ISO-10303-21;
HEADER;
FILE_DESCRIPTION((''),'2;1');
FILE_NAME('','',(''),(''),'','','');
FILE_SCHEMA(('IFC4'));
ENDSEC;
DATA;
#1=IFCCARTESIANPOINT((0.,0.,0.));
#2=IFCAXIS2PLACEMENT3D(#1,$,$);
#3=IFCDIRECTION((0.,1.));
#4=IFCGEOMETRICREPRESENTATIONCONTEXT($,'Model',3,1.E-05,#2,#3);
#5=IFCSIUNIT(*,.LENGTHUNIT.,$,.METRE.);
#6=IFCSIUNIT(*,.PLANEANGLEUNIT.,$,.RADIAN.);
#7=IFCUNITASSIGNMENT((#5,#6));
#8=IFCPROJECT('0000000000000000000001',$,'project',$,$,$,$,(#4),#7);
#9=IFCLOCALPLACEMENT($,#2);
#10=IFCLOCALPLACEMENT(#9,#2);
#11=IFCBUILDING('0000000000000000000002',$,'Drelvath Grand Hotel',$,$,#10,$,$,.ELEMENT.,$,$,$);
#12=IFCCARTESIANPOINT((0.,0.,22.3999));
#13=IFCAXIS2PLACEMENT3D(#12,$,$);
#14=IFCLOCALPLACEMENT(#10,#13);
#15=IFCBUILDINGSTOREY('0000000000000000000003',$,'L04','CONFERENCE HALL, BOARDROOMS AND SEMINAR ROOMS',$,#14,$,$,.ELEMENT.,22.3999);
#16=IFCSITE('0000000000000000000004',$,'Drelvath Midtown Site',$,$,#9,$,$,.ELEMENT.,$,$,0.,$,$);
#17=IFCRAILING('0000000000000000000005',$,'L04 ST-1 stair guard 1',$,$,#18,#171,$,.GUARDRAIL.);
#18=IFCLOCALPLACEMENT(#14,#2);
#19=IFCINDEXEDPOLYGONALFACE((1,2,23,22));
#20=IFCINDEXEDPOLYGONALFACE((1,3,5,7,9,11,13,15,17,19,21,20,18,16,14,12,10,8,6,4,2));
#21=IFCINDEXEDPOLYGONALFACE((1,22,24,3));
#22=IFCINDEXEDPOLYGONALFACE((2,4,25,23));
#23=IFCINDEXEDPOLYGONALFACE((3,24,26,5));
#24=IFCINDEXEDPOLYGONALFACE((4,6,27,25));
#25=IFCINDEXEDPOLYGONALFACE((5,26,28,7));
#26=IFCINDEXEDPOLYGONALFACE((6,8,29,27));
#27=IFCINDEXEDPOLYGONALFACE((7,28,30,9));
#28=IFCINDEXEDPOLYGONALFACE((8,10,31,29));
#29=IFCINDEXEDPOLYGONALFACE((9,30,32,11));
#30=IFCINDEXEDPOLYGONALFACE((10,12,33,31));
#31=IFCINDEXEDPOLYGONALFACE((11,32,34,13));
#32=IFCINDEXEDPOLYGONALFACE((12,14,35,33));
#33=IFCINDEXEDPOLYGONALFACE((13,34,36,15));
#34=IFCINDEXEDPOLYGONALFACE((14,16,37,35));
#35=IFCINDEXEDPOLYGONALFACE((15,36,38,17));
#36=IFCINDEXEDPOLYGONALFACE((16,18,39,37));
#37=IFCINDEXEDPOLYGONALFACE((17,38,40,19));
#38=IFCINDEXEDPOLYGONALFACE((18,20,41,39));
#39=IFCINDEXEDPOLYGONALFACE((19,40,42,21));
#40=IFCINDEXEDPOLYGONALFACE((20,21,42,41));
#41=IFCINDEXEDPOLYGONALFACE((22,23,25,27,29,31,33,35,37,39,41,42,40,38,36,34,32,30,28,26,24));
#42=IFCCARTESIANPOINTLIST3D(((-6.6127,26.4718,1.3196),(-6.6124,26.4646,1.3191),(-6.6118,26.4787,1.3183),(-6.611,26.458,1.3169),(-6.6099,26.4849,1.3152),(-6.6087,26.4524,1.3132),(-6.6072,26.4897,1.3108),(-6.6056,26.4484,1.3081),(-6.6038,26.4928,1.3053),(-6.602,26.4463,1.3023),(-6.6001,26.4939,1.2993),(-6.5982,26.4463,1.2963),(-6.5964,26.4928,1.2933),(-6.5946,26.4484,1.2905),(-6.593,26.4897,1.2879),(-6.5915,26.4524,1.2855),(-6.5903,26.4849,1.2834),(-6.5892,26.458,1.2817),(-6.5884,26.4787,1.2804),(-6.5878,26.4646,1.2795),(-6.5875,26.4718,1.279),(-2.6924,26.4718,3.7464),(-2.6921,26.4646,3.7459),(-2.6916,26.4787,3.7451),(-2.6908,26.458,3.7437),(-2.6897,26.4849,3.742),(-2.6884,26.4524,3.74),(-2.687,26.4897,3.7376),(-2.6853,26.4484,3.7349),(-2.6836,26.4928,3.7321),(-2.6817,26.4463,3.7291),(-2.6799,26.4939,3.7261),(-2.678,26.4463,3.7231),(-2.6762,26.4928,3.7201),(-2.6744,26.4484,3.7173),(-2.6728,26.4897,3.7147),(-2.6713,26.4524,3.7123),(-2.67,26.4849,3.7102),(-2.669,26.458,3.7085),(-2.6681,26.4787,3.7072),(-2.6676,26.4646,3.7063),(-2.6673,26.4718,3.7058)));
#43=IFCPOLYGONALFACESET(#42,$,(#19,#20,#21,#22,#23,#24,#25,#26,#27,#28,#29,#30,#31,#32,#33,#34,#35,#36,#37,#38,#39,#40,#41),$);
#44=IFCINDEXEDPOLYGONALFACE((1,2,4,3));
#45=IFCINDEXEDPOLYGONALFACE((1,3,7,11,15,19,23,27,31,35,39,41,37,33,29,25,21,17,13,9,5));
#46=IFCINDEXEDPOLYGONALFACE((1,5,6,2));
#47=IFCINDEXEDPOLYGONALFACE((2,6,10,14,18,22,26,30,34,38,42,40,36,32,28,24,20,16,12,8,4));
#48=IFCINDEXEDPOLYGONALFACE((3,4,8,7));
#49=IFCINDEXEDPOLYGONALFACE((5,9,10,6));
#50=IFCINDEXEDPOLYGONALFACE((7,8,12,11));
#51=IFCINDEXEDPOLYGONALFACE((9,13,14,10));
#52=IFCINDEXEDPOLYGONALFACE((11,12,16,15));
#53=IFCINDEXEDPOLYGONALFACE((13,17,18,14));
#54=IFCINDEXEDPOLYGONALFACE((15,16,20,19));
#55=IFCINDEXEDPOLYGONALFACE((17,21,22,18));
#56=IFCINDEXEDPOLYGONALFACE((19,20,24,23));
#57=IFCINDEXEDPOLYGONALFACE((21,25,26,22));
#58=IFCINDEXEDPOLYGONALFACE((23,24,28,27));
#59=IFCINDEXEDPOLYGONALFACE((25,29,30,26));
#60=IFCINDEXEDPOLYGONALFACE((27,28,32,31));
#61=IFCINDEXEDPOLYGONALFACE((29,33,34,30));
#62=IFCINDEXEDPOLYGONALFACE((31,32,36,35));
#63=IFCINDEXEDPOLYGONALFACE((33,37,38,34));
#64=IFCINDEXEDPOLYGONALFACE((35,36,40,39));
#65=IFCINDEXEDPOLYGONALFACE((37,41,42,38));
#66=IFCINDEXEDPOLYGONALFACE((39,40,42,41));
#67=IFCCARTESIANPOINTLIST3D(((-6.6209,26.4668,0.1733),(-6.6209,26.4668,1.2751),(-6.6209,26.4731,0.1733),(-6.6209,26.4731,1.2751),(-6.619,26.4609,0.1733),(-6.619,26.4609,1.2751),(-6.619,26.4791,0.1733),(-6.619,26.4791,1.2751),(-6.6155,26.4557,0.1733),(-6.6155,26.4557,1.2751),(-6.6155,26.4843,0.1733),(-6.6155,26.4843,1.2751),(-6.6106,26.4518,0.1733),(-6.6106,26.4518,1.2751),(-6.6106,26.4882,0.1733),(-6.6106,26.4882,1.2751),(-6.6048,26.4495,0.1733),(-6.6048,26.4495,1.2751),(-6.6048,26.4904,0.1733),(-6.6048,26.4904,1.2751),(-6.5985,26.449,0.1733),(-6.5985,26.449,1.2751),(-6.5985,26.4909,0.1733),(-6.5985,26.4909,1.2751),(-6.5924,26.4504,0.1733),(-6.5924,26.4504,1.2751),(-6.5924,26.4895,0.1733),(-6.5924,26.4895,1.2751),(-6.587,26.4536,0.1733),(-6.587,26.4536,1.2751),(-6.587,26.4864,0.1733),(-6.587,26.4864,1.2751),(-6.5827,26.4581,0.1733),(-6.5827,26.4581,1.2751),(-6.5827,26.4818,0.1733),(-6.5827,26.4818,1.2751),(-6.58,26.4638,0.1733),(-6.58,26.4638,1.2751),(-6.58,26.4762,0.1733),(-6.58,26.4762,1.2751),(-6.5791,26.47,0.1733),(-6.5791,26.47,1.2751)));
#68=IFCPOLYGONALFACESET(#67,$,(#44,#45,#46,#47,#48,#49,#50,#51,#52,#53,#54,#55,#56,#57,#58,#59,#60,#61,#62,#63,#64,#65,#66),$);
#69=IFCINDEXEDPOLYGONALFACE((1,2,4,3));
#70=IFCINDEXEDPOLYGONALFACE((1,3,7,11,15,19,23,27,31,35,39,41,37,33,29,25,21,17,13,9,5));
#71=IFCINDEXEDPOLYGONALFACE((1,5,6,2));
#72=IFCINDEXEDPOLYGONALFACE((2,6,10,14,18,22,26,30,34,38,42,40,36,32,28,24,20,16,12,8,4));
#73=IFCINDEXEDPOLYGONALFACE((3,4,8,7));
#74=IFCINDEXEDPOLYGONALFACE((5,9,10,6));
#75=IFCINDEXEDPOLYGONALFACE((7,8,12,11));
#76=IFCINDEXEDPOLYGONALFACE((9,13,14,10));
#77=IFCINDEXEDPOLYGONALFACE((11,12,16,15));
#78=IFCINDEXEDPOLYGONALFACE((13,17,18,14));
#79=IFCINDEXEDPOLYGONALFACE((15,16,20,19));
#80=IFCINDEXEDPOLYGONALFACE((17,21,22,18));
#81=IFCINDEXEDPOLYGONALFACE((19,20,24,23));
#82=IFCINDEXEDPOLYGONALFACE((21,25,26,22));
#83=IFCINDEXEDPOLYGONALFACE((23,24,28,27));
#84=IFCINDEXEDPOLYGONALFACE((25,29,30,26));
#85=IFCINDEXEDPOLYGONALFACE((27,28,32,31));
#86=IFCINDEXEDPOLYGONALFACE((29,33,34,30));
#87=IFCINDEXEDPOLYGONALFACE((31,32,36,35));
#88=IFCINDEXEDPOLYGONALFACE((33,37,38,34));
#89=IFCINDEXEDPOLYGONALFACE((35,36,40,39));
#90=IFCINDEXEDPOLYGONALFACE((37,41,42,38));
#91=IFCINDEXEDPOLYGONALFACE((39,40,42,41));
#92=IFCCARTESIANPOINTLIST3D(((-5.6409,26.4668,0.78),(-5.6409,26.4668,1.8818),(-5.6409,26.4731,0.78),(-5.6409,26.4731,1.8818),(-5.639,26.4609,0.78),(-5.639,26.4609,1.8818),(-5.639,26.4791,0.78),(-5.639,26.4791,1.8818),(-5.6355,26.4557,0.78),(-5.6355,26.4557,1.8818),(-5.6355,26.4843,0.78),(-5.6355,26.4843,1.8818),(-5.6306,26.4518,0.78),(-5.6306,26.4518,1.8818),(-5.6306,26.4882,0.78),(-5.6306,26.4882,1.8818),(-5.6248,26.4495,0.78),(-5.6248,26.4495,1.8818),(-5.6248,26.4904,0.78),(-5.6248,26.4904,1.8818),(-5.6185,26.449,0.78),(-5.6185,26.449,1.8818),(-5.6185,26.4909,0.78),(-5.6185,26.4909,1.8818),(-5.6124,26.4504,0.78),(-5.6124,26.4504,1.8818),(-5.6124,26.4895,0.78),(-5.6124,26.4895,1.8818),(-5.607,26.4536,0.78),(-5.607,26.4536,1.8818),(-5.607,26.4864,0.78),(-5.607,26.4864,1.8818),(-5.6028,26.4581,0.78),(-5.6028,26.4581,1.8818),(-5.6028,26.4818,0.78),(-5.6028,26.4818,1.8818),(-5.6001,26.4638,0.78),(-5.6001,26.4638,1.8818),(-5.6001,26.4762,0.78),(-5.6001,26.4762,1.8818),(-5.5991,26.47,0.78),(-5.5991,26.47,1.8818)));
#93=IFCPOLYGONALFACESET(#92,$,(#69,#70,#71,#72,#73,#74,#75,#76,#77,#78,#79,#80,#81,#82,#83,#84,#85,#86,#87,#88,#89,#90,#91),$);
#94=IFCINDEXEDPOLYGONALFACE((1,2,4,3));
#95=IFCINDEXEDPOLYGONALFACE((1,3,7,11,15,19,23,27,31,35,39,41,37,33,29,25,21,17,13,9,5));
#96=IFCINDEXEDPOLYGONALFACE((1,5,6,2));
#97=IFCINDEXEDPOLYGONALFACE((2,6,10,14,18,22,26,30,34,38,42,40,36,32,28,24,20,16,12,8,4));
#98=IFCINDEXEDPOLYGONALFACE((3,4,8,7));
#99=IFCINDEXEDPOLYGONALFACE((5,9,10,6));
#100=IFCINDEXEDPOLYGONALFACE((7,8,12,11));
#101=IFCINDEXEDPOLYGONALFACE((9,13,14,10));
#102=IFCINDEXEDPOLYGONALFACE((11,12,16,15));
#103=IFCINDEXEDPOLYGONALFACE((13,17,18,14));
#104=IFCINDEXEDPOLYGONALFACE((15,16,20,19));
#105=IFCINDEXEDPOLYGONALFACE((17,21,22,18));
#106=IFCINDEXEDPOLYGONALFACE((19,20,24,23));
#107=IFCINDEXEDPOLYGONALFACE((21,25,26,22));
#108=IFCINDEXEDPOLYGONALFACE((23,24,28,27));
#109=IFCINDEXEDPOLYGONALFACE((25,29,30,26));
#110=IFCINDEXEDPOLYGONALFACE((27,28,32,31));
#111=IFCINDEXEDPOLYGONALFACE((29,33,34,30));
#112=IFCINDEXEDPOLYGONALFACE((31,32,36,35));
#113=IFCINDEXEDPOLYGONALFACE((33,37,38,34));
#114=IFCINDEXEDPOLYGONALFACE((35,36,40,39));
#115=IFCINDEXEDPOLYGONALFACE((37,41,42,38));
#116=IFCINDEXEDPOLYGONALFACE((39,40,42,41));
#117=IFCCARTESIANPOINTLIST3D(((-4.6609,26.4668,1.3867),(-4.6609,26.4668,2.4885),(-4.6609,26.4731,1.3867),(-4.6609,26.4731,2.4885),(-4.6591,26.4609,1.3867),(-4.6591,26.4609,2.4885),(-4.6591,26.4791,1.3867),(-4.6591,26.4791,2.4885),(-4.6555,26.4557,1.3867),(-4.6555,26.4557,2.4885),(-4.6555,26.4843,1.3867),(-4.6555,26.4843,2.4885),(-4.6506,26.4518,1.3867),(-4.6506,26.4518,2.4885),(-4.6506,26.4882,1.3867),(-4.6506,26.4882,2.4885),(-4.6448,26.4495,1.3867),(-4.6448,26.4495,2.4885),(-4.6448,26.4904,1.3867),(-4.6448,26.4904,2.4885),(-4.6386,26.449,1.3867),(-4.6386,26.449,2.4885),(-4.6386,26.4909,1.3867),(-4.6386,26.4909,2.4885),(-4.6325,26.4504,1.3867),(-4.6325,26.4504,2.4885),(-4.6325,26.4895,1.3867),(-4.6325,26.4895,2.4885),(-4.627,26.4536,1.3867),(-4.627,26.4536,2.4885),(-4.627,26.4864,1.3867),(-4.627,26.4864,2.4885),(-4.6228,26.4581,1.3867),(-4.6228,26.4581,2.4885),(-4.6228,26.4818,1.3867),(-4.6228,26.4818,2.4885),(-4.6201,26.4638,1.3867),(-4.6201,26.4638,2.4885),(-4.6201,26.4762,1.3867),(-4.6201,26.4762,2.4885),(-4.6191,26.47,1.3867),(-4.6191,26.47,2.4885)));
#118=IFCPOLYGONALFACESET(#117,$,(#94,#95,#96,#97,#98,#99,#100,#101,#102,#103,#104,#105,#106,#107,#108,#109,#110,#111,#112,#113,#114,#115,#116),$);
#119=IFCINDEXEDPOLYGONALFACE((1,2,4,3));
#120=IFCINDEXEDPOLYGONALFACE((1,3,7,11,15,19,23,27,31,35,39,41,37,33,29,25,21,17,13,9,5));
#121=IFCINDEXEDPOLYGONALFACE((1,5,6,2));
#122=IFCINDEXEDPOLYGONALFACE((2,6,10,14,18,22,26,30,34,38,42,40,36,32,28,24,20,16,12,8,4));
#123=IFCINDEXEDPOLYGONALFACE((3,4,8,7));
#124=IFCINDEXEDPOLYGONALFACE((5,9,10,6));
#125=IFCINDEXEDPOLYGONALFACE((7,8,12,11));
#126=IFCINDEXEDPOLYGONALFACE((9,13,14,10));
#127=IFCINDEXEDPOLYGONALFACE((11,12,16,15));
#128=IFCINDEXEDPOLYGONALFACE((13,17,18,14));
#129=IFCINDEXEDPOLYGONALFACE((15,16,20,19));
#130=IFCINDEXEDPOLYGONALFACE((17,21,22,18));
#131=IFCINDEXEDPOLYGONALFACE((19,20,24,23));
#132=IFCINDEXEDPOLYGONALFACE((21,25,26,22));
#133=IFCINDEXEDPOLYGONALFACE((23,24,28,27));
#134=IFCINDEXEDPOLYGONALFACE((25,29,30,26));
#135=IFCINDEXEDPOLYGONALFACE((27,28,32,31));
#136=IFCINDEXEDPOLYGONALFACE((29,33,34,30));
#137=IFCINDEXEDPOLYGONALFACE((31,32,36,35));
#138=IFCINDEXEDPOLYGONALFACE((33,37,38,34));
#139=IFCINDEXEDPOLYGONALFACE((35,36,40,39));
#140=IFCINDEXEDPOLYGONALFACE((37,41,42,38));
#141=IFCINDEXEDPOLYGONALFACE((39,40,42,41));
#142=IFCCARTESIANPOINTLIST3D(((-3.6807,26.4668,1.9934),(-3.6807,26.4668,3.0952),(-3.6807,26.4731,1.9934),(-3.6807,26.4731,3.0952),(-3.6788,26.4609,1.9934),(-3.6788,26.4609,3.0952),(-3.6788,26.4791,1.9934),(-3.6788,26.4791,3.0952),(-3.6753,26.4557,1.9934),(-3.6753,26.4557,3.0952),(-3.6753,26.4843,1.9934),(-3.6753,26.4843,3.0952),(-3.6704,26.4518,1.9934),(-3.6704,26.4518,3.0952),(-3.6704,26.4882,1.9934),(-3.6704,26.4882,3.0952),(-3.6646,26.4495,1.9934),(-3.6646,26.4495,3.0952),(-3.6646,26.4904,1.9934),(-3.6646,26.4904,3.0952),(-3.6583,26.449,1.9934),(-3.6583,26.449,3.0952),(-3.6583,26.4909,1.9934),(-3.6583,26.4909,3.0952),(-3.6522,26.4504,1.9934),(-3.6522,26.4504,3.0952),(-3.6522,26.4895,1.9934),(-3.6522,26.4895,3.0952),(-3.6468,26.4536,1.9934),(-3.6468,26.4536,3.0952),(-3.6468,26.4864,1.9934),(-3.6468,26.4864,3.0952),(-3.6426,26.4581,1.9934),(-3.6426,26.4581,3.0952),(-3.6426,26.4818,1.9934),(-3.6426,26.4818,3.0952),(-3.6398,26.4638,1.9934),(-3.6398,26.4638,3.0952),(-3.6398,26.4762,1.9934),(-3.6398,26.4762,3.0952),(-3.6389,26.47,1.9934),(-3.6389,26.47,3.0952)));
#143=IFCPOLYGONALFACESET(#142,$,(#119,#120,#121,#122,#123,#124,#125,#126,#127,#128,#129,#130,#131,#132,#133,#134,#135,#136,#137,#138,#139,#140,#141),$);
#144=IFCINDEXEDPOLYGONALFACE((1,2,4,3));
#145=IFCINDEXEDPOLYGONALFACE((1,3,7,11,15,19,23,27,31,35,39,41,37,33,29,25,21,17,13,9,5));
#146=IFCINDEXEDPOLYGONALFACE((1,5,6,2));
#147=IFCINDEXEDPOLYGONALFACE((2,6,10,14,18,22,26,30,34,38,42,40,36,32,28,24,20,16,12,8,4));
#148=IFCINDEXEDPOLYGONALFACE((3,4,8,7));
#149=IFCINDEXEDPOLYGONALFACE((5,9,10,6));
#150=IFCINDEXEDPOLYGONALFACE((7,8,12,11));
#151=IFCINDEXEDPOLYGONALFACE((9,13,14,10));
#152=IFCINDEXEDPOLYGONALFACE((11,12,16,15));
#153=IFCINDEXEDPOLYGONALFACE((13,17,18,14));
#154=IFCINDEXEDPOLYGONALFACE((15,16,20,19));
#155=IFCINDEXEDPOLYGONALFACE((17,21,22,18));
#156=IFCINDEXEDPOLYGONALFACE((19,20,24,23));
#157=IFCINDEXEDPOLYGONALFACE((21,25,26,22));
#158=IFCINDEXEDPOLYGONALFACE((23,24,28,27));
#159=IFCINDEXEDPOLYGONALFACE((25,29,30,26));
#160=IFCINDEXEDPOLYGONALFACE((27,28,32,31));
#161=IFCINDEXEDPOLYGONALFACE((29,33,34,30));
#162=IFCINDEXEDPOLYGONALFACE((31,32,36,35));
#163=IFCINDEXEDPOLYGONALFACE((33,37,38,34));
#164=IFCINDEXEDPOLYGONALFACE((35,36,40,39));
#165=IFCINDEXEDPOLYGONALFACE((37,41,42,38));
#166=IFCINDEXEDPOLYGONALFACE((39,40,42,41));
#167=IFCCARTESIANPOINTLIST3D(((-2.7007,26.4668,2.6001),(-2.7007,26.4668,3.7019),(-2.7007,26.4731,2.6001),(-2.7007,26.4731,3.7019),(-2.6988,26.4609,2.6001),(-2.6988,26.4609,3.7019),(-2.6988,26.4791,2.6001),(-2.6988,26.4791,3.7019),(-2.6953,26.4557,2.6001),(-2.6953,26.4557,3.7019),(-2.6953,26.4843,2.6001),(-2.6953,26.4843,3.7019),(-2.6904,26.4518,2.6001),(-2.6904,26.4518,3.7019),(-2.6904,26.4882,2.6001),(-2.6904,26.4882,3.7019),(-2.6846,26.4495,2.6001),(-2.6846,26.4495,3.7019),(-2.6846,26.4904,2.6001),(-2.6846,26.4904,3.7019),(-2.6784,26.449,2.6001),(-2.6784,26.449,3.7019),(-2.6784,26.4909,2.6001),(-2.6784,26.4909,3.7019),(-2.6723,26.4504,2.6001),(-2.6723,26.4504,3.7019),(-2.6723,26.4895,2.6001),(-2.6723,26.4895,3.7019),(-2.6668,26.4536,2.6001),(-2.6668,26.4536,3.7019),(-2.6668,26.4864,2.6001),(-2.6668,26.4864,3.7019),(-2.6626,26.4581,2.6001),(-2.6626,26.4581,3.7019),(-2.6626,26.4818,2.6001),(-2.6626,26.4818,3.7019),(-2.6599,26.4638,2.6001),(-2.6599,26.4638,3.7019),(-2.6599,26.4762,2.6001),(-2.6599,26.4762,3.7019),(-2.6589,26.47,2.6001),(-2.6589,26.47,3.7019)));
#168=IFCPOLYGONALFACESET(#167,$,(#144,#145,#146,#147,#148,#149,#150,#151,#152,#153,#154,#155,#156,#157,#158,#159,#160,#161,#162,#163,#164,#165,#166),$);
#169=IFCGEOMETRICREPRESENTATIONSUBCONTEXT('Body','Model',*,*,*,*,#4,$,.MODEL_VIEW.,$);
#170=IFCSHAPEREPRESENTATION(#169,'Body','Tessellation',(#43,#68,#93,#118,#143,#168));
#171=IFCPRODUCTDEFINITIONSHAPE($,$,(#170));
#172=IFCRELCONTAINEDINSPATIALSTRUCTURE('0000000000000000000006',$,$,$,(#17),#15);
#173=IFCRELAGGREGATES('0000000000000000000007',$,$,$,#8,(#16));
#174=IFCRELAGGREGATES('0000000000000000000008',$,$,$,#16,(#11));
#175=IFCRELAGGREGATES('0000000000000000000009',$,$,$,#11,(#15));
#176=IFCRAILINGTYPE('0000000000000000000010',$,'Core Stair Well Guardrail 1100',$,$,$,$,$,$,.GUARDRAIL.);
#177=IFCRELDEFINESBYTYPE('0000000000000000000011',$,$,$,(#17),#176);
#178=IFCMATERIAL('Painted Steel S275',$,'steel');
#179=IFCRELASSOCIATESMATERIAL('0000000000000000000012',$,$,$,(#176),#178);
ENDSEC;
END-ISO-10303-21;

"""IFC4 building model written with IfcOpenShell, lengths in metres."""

from ifc_helpers import new_model, si_unit, direction, frame, origin, origin_2d, place, context, subcontext, project, spatial, circle, extrude, material, type_object, element, save


model = new_model("IFC4")

# Units and contexts
model_context = context("Model", 3, precision=1e-05, world=origin(), true_north=direction((0.0, 1.0)))
body_context = subcontext(model_context, "Body", "Model", "MODEL_VIEW")
ifc_project = project(units=[si_unit("LENGTHUNIT", "METRE"), si_unit("PLANEANGLEUNIT", "RADIAN")], contexts=[model_context])

# Site, building, storey
site_placement = place(None, origin())
site = spatial("IfcSite", under=ifc_project, at=site_placement, Name="Drelvath Midtown Site", CompositionType="ELEMENT", RefElevation=0.0)
building_placement = place(site_placement, origin())
building = spatial("IfcBuilding", under=site, at=building_placement, Name="Drelvath Grand Hotel", CompositionType="ELEMENT")
storey_placement = place(building_placement, frame((0.0, 0.0, 22.3999)))
storey = spatial("IfcBuildingStorey", under=building, at=storey_placement, Name="L04", Description="CONFERENCE HALL, BOARDROOMS AND SEMINAR ROOMS", CompositionType="ELEMENT", Elevation=22.3999)

# Shared definitions
ifc_material_1 = material(Name="Painted Steel S275", Category="steel")

# Railing
railing_type_1 = type_object("IfcRailingType", Name="Core Stair Well Guardrail 1100", PredefinedType="GUARDRAIL", material=ifc_material_1)
railing_1_placement = place(storey_placement, frame((-6.6001, 26.47, 0.1733)))
element("IfcRailing", 1, at=railing_1_placement, inside=storey, type_object=railing_type_1, Name="L04 ST-1 stair guard 1", PredefinedType="GUARDRAIL", context=body_context, shape_type="SweptSolid", body=[
    extrude(circle(Radius=0.0239, at=origin_2d()), frame((0.0, 0.0, 1.126), z_axis=(0.850266, 0.0, 0.526353), x_axis=(0.0, 1.0, 0.0)), (0.0, 0.0, 1.0), 4.6106),
    extrude(circle(Radius=0.021, at=origin_2d()), origin(), (0.0, 0.0, 1.0), 1.1018),
    extrude(circle(Radius=0.021, at=origin_2d()), frame((0.98, 0.0, 0.6067)), (0.0, 0.0, 1.0), 1.1018),
    extrude(circle(Radius=0.021, at=origin_2d()), frame((1.96, 0.0, 1.2134)), (0.0, 0.0, 1.0), 1.1018),
    extrude(circle(Radius=0.021, at=origin_2d()), frame((2.9402, 0.0, 1.8201)), (0.0, 0.0, 1.0), 1.1018),
    extrude(circle(Radius=0.021, at=origin_2d()), frame((3.9202, 0.0, 2.4268)), (0.0, 0.0, 1.0), 1.1018),
])

save(model, "model.ifc")
